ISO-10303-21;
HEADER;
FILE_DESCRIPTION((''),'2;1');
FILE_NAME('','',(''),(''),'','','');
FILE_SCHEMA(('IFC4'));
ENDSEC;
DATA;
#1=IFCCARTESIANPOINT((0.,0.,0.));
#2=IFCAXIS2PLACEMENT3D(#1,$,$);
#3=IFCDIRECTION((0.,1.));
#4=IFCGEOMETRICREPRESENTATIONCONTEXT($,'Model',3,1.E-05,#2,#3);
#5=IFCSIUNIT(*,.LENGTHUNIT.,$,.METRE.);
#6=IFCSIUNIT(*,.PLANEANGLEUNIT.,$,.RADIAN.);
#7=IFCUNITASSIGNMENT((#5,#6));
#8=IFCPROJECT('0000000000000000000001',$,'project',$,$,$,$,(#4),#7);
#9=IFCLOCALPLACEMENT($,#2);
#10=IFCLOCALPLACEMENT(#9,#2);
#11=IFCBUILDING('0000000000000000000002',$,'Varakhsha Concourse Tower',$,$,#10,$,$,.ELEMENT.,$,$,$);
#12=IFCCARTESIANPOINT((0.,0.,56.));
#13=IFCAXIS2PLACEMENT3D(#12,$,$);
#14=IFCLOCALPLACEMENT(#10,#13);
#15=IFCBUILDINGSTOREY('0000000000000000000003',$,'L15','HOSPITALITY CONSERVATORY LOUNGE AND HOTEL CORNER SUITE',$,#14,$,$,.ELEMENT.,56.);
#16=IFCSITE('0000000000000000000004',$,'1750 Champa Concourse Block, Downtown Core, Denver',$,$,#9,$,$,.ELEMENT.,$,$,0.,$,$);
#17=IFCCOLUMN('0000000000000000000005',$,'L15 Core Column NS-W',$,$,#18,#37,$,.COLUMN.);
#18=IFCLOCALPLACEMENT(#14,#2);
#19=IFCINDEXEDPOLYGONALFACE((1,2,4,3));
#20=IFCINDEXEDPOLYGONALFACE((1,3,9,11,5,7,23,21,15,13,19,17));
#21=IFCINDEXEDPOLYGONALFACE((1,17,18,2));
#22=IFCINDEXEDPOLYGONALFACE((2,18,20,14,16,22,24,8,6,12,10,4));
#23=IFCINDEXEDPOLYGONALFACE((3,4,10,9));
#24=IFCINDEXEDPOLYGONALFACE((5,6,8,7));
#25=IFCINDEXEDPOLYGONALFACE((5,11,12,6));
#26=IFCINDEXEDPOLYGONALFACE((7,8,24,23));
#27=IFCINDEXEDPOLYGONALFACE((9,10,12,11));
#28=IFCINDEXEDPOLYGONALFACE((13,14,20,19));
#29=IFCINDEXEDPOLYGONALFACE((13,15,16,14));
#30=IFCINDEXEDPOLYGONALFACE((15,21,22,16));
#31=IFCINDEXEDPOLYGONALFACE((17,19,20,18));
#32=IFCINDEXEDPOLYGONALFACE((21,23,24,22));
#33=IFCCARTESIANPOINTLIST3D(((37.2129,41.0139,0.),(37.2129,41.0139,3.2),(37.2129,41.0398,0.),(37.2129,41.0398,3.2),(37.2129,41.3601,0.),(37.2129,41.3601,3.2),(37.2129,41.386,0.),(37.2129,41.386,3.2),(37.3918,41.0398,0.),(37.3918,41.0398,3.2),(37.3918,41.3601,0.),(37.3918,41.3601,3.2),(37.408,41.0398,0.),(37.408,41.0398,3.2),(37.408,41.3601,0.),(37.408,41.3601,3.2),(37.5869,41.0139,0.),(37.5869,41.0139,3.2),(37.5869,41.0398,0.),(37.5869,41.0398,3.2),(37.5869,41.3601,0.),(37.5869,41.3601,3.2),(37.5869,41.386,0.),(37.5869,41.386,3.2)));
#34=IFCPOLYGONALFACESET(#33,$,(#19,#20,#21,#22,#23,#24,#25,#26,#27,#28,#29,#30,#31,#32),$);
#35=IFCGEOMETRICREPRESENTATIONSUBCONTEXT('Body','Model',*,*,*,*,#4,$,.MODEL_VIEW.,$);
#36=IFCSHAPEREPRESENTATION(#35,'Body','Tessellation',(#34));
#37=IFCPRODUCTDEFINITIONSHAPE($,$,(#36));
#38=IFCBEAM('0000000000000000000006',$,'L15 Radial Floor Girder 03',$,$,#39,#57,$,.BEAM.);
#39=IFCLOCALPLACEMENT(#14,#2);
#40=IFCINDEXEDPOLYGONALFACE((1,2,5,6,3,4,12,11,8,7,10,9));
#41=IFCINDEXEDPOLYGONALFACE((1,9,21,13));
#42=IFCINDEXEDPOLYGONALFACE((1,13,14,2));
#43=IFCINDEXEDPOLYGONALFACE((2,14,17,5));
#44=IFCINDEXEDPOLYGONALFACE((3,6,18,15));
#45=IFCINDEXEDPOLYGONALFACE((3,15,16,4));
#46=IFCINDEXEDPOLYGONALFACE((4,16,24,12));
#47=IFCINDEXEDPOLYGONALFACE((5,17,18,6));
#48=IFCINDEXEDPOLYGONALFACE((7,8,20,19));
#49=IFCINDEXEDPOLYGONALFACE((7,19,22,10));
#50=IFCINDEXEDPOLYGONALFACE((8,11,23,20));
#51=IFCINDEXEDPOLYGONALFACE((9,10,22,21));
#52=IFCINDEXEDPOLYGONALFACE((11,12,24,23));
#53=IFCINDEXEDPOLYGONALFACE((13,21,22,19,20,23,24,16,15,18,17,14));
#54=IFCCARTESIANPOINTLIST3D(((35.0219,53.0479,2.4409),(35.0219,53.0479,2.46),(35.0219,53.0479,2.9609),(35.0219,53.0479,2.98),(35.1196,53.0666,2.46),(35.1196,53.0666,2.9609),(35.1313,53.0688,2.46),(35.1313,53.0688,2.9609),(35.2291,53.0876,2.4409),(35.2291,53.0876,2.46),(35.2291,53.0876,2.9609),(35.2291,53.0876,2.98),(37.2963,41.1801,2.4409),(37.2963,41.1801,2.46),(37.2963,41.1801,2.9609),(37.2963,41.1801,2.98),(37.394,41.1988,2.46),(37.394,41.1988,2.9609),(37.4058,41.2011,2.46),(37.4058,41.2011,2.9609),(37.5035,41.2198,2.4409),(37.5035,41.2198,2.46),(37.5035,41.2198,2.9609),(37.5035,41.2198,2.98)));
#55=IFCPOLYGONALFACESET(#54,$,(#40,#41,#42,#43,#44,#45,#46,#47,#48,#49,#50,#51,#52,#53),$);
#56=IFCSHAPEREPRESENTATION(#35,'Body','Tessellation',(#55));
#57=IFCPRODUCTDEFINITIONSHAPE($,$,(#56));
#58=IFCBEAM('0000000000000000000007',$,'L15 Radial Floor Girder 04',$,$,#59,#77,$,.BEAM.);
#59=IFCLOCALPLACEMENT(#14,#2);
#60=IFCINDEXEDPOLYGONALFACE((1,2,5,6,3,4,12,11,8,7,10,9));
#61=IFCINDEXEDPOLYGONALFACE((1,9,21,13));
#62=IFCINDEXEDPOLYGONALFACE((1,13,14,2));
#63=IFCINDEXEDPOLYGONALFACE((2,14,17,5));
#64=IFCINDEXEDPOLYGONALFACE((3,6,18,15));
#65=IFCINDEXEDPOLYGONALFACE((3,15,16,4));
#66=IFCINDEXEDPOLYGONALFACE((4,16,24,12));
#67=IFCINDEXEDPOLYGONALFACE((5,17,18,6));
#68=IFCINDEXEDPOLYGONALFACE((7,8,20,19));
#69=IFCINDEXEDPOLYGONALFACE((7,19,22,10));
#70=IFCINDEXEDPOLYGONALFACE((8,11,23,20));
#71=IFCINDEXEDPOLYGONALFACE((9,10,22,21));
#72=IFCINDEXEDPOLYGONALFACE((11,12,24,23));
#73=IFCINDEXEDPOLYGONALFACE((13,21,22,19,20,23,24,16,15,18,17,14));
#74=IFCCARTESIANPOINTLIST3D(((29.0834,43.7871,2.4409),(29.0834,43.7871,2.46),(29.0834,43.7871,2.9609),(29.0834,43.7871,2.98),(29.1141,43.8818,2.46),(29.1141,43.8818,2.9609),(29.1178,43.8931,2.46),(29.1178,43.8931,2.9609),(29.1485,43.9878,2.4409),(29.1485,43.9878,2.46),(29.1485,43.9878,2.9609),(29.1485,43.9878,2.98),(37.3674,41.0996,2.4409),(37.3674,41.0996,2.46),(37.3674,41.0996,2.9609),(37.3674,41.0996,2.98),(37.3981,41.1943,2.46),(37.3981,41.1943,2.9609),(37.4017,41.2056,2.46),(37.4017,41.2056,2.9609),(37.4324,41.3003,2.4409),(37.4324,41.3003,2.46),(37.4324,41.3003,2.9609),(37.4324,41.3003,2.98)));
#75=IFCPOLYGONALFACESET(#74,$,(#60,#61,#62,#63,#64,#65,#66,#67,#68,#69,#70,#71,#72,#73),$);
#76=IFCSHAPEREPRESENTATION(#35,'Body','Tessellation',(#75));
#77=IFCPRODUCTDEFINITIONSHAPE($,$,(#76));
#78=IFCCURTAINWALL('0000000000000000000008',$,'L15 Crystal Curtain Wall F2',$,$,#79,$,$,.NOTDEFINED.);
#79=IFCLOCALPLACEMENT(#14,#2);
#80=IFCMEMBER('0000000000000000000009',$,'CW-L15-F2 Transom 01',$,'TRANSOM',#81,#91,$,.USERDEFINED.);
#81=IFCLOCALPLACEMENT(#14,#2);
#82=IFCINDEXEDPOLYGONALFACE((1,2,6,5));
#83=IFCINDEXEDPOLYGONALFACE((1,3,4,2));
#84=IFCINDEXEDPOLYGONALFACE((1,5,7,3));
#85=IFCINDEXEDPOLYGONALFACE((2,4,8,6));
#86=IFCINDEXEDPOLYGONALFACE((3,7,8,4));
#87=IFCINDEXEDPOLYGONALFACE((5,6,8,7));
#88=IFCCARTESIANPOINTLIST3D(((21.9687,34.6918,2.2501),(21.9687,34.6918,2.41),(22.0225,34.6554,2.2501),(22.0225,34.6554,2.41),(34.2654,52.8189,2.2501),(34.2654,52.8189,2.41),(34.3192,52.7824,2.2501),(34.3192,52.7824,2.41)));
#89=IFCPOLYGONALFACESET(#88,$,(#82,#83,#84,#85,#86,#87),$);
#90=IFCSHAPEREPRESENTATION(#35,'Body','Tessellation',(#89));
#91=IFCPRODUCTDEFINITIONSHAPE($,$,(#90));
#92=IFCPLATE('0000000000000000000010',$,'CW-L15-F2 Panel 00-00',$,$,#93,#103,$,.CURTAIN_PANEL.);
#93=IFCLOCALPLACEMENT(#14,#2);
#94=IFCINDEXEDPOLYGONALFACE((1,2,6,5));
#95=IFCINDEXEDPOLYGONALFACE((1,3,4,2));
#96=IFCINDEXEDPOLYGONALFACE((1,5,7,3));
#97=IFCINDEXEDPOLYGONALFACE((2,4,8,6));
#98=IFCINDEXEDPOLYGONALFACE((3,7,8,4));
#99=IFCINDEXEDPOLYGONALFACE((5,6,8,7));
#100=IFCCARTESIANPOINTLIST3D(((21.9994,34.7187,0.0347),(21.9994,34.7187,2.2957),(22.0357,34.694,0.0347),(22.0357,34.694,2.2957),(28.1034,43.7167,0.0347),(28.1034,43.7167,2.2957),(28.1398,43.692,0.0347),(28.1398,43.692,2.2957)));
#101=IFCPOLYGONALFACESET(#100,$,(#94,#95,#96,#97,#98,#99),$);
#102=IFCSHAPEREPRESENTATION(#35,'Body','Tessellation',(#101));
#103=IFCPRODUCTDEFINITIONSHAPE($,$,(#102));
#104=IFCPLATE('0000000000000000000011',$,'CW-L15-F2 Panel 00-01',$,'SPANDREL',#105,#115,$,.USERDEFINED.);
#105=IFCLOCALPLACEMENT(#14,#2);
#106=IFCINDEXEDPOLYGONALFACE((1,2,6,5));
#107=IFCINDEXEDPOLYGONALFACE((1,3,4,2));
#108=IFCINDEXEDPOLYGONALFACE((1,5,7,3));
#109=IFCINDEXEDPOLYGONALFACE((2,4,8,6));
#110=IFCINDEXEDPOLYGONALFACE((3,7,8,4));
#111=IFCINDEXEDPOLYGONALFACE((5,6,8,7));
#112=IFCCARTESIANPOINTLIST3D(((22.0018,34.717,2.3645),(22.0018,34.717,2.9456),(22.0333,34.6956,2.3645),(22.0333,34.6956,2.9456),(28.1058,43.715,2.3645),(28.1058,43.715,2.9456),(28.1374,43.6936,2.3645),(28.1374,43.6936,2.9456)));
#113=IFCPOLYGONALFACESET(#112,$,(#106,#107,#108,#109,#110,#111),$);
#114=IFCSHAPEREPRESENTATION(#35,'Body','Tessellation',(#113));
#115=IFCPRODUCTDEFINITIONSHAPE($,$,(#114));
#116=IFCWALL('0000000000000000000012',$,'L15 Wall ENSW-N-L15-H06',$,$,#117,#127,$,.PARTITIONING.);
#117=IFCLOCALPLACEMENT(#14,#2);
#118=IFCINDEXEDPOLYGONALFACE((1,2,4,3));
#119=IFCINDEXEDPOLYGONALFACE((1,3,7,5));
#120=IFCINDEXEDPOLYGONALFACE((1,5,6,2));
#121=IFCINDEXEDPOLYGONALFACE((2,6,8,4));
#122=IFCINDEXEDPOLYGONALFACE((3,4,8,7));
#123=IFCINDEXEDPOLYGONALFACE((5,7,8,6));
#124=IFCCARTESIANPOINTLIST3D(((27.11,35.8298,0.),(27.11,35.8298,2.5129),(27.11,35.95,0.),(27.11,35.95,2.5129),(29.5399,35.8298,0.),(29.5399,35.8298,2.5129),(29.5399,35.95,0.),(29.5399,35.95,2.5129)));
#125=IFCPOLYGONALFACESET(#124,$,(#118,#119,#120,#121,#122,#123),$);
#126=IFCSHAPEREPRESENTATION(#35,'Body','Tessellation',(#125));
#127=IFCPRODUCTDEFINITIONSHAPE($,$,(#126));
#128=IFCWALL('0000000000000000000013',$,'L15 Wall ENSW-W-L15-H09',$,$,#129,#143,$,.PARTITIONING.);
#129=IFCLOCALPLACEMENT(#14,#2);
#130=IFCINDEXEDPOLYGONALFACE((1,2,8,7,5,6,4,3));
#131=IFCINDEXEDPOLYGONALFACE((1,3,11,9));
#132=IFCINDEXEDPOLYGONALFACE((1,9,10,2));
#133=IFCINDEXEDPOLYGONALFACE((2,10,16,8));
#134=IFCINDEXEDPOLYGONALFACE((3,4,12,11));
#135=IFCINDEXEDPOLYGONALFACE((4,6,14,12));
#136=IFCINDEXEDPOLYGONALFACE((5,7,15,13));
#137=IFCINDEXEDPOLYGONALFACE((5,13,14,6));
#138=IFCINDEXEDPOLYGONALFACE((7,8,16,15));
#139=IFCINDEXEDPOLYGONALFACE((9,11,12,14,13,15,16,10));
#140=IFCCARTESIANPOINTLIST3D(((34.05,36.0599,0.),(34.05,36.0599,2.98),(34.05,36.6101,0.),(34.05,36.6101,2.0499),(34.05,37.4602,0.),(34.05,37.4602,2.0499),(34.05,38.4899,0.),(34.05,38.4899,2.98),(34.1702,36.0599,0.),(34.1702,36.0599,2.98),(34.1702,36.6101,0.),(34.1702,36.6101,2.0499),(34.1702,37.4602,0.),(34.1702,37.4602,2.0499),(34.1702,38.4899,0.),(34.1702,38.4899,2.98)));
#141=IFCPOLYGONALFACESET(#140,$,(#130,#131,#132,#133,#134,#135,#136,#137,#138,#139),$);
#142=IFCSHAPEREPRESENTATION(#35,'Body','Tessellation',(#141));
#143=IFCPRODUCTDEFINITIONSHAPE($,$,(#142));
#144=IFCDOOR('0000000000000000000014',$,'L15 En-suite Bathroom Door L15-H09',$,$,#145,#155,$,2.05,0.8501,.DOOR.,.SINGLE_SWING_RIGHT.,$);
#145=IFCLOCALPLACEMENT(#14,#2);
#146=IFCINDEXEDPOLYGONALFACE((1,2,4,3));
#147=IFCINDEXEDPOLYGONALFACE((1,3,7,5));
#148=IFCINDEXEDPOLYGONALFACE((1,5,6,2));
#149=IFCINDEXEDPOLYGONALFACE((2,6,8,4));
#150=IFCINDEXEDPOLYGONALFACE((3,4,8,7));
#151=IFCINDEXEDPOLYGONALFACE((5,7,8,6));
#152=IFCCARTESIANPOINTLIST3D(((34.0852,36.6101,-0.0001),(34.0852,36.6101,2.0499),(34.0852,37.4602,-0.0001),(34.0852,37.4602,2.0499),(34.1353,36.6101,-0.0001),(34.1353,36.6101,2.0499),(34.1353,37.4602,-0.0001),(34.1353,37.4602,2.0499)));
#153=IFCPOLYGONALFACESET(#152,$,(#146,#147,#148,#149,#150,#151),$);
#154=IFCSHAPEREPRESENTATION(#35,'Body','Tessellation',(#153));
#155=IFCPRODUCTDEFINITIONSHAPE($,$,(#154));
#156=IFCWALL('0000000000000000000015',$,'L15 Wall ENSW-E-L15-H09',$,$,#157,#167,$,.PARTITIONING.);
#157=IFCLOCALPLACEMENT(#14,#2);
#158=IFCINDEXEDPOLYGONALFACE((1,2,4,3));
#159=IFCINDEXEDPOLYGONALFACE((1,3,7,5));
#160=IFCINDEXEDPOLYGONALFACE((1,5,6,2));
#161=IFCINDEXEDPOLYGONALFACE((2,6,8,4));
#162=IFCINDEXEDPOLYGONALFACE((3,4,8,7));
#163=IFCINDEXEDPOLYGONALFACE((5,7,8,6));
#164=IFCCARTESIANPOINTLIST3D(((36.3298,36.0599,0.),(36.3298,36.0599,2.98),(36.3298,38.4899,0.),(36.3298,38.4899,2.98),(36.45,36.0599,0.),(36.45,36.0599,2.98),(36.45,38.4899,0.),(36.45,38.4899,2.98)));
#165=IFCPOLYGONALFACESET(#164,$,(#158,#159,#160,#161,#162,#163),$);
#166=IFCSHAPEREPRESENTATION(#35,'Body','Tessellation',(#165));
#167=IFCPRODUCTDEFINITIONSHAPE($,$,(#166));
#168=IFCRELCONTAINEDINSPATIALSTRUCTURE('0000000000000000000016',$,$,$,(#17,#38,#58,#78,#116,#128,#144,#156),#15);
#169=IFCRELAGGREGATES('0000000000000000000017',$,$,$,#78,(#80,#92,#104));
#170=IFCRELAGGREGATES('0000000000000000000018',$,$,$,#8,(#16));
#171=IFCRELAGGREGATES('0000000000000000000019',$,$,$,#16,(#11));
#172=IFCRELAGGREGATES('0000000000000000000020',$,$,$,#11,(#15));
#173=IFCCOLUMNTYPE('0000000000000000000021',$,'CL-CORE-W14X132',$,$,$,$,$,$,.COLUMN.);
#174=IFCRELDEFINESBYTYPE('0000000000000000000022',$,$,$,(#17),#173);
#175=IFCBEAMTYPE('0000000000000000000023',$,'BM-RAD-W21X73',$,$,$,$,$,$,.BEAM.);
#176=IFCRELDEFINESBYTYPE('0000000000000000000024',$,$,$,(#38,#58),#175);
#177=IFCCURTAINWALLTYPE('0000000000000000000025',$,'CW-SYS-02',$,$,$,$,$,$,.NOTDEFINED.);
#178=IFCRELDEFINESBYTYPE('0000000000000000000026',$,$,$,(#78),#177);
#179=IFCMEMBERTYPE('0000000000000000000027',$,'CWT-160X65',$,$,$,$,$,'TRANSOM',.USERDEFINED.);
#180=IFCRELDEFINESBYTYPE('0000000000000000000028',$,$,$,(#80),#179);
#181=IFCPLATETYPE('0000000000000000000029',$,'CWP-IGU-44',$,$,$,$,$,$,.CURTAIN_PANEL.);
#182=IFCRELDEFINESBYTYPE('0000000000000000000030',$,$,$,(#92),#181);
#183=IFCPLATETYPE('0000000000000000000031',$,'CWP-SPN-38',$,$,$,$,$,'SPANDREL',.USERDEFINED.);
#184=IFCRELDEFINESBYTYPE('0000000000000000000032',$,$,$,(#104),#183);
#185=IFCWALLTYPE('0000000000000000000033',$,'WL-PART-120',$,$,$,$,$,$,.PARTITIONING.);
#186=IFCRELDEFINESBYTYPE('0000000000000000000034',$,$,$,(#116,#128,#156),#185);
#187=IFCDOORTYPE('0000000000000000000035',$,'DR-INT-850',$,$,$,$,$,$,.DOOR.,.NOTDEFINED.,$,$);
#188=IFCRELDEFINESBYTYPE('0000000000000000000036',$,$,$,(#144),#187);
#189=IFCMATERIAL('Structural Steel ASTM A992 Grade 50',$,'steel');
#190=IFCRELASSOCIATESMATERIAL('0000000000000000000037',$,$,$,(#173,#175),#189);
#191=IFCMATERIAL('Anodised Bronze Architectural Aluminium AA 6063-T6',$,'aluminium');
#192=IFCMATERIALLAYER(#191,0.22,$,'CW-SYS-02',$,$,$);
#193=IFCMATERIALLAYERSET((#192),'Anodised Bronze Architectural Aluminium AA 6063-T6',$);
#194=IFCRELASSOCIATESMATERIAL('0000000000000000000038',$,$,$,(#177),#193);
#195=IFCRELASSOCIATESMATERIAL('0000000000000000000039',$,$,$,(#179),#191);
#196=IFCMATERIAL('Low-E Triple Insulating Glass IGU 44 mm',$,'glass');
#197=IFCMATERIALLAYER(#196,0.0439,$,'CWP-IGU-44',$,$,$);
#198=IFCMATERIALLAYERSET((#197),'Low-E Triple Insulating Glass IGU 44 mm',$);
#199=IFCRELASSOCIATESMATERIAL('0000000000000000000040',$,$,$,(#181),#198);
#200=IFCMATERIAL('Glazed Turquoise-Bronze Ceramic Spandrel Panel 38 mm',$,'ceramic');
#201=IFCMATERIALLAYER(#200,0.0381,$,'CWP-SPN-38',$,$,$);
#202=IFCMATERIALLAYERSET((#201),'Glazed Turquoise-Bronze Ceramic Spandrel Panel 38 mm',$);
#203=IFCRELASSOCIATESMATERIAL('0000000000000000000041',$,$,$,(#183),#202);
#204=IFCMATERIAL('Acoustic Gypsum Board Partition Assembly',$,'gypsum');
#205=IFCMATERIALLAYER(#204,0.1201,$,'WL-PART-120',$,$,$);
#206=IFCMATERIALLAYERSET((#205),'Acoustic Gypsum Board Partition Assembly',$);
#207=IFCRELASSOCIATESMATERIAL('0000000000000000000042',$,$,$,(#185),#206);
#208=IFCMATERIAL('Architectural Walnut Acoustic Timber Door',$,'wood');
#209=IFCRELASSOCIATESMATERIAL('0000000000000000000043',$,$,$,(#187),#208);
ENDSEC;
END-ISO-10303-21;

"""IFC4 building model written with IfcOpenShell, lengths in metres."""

from ifc_helpers import new_model, si_unit, direction, frame, frame_2d, origin, origin_2d, place, context, subcontext, project, spatial, rectangle, i_section, extrude, source, transform, mapped, material, layer, layer_set, material_profile, profile_set, type_object, type_shapes, element, fill, aggregate, save


model = new_model("IFC4")

# Units and contexts
model_context = context("Model", 3, precision=1e-05, world=origin(), true_north=direction((0.0, 1.0)))
body_context = subcontext(model_context, "Body", "Model", "MODEL_VIEW")
ifc_project = project(units=[si_unit("LENGTHUNIT", "METRE"), si_unit("PLANEANGLEUNIT", "RADIAN")], contexts=[model_context])

# Site, building, storey
site_placement = place(None, origin())
site = spatial("IfcSite", under=ifc_project, at=site_placement, Name="1750 Champa Concourse Block, Downtown Core, Denver", CompositionType="ELEMENT", RefElevation=0.0)
building_placement = place(site_placement, origin())
building = spatial("IfcBuilding", under=site, at=building_placement, Name="Varakhsha Concourse Tower", CompositionType="ELEMENT")
storey_placement = place(building_placement, frame((0.0, 0.0, 56.0)))
storey = spatial("IfcBuildingStorey", under=building, at=storey_placement, Name="L15", Description="HOSPITALITY CONSERVATORY LOUNGE AND HOTEL CORNER SUITE", CompositionType="ELEMENT", Elevation=56.0)

# Column
ifc_material_1 = material(Name="Structural Steel ASTM A992 Grade 50", Category="steel")
ifc_material_profile_1 = material_profile(ifc_material_1, i_section(OverallWidth=0.374, OverallDepth=0.3721, WebThickness=0.0161, FlangeThickness=0.0259, at=origin_2d()), Name="W14X132")
ifc_profile_set_1 = profile_set([ifc_material_profile_1], Name="Structural Steel ASTM A992 Grade 50")
column_type = type_object("IfcColumnType", Name="CL-CORE-W14X132", PredefinedType="COLUMN", material=ifc_profile_set_1)
column_placement = place(storey_placement, frame((37.3999, 41.2, 0.0), z_axis=(0.0, 0.0, 1.0), x_axis=(1.0, 0.0, 0.0)))
element("IfcColumn", 1, at=column_placement, inside=storey, type_object=column_type, Name="L15 Core Column NS-W", PredefinedType="COLUMN", context=body_context, shape_type="SweptSolid", body=[
    extrude(i_section(OverallWidth=0.374, OverallDepth=0.3721, WebThickness=0.0161, FlangeThickness=0.0259, at=origin_2d()), origin(), (0.0, 0.0, 1.0), 3.2),
])

# Beams
ifc_material_profile_2 = material_profile(ifc_material_1, i_section(OverallWidth=0.2109, OverallDepth=0.5391, WebThickness=0.012, FlangeThickness=0.019, at=origin_2d()), Name="W21X73")
ifc_profile_set_2 = profile_set([ifc_material_profile_2], Name="Structural Steel ASTM A992 Grade 50")
beam_type = type_object("IfcBeamType", Name="BM-RAD-W21X73", PredefinedType="BEAM", material=ifc_profile_set_2)
beam_1_placement = place(storey_placement, frame((37.3999, 41.2, 2.7104), z_axis=(-0.188222, 0.982126, 0.0), x_axis=(-0.982126, -0.188222, 0.0)))
element("IfcBeam", 2, at=beam_1_placement, inside=storey, type_object=beam_type, Name="L15 Radial Floor Girder 03", PredefinedType="BEAM", context=body_context, shape_type="SweptSolid", body=[
    extrude(i_section(OverallWidth=0.2109, OverallDepth=0.5391, WebThickness=0.012, FlangeThickness=0.019, at=origin_2d()), origin(), (0.0, 0.0, 1.0), 12.0837),
])
beam_2_placement = place(storey_placement, frame((37.3999, 41.2, 2.7104), z_axis=(-0.951195, 0.30859, 0.0), x_axis=(-0.30859, -0.951195, 0.0)))
element("IfcBeam", 3, at=beam_2_placement, inside=storey, type_object=beam_type, Name="L15 Radial Floor Girder 04", PredefinedType="BEAM", context=body_context, shape_type="SweptSolid", body=[
    extrude(i_section(OverallWidth=0.2109, OverallDepth=0.5391, WebThickness=0.012, FlangeThickness=0.019, at=origin_2d()), origin(), (0.0, 0.0, 1.0), 8.709),
])

# Curtain wall, member, plates
ifc_material_2 = material(Name="Anodised Bronze Architectural Aluminium AA 6063-T6", Category="aluminium")
ifc_layer_1 = layer(ifc_material_2, 0.22, Name="CW-SYS-02")
ifc_layer_set_1 = layer_set([ifc_layer_1], Name="Anodised Bronze Architectural Aluminium AA 6063-T6")
curtain_wall_type = type_object("IfcCurtainWallType", Name="CW-SYS-02", PredefinedType="NOTDEFINED", material=ifc_layer_set_1)
curtain_wall_placement = place(storey_placement, origin())
curtain_wall = element("IfcCurtainWall", 4, at=curtain_wall_placement, inside=storey, type_object=curtain_wall_type, Name="L15 Crystal Curtain Wall F2", PredefinedType="NOTDEFINED")
ifc_material_profile_3 = material_profile(ifc_material_2, rectangle(XDim=0.0649, YDim=0.1599, at=origin_2d()), Name="CWT-160X65")
ifc_profile_set_3 = profile_set([ifc_material_profile_3], Name="Anodised Bronze Architectural Aluminium AA 6063-T6")
member_type = type_object("IfcMemberType", Name="CWT-160X65", ElementType="TRANSOM", PredefinedType="USERDEFINED", material=ifc_profile_set_3)
shared_shape_1 = source(origin(), body_context, "Body", "SweptSolid", [
    extrude(rectangle(XDim=0.0649, YDim=0.1599, at=origin_2d()), origin(), (0.0, 0.0, 1.0), 21.9043),
])
type_shapes(member_type, [shared_shape_1])
member_placement = place(storey_placement, frame((21.9956, 34.6736, 2.3301), z_axis=(0.561383, 0.827556, 0.0), x_axis=(-0.827556, 0.561383, 0.0)))
member = element("IfcMember", 5, at=member_placement, type_object=member_type, Name="CW-L15-F2 Transom 01", ObjectType="TRANSOM", PredefinedType="USERDEFINED", context=body_context, shape_type="MappedRepresentation", body=[
    mapped(shared_shape_1, transform((0.0, 0.0, 0.0), scale=1.0)),
])
ifc_material_3 = material(Name="Low-E Triple Insulating Glass IGU 44 mm", Category="glass")
ifc_layer_2 = layer(ifc_material_3, 0.0439, Name="CWP-IGU-44")
ifc_layer_set_2 = layer_set([ifc_layer_2], Name="Low-E Triple Insulating Glass IGU 44 mm")
plate_type_1 = type_object("IfcPlateType", Name="CWP-IGU-44", PredefinedType="CURTAIN_PANEL", material=ifc_layer_set_2)
shared_shape_2 = source(origin(), body_context, "Body", "SweptSolid", [
    extrude(rectangle(XDim=10.873, YDim=0.0439, at=origin_2d()), origin(), (0.0, 0.0, 1.0), 2.261),
])
type_shapes(plate_type_1, [shared_shape_2])
plate_1_placement = place(storey_placement, frame((25.0696, 39.2053, 0.0347), z_axis=(0.0, 0.0, 1.0), x_axis=(0.561392, 0.82755, 0.0)))
plate_1 = element("IfcPlate", 6, at=plate_1_placement, type_object=plate_type_1, Name="CW-L15-F2 Panel 00-00", PredefinedType="CURTAIN_PANEL", context=body_context, shape_type="MappedRepresentation", body=[
    mapped(shared_shape_2, transform((0.0, 0.0, 0.0), scale=1.0)),
])
ifc_material_4 = material(Name="Glazed Turquoise-Bronze Ceramic Spandrel Panel 38 mm", Category="ceramic")
ifc_layer_3 = layer(ifc_material_4, 0.0381, Name="CWP-SPN-38")
ifc_layer_set_3 = layer_set([ifc_layer_3], Name="Glazed Turquoise-Bronze Ceramic Spandrel Panel 38 mm")
plate_type_2 = type_object("IfcPlateType", Name="CWP-SPN-38", ElementType="SPANDREL", PredefinedType="USERDEFINED", material=ifc_layer_set_3)
shared_shape_3 = source(origin(), body_context, "Body", "SweptSolid", [
    extrude(rectangle(XDim=10.873, YDim=0.0381, at=origin_2d()), origin(), (0.0, 0.0, 1.0), 0.5811),
])
type_shapes(plate_type_2, [shared_shape_3])
plate_2_placement = place(storey_placement, frame((25.0696, 39.2053, 2.3645), z_axis=(0.0, 0.0, 1.0), x_axis=(0.561392, 0.82755, 0.0)))
plate_2 = element("IfcPlate", 7, at=plate_2_placement, type_object=plate_type_2, Name="CW-L15-F2 Panel 00-01", ObjectType="SPANDREL", PredefinedType="USERDEFINED", context=body_context, shape_type="MappedRepresentation", body=[
    mapped(shared_shape_3, transform((0.0, 0.0, 0.0), scale=1.0)),
])
aggregate(curtain_wall, [member, plate_1, plate_2])

# Wall
ifc_material_5 = material(Name="Acoustic Gypsum Board Partition Assembly", Category="gypsum")
ifc_layer_4 = layer(ifc_material_5, 0.1201, Name="WL-PART-120")
ifc_layer_set_4 = layer_set([ifc_layer_4], Name="Acoustic Gypsum Board Partition Assembly")
wall_type_1 = type_object("IfcWallType", Name="WL-PART-120", PredefinedType="PARTITIONING", material=ifc_layer_set_4)
wall_1_placement = place(storey_placement, frame((27.1101, 35.8899, 0.0), z_axis=(0.0, 0.0, 1.0), x_axis=(1.0, 0.0, 0.0)))
element("IfcWall", 8, at=wall_1_placement, inside=storey, type_object=wall_type_1, Name="L15 Wall ENSW-N-L15-H06", PredefinedType="PARTITIONING", context=body_context, shape_type="SweptSolid", body=[
    extrude(rectangle(XDim=2.4299, YDim=0.1201, at=frame_2d((1.2148, 0.0))), origin(), (0.0, 0.0, 1.0), 2.5129),
])

# Wall, opening, door
wall_2_placement = place(storey_placement, frame((34.1101, 36.0601, 0.0), z_axis=(0.0, 0.0, 1.0), x_axis=(0.0, 1.0, 0.0)))
wall_2 = element("IfcWall", 9, at=wall_2_placement, inside=storey, type_object=wall_type_1, Name="L15 Wall ENSW-W-L15-H09", PredefinedType="PARTITIONING", context=body_context, shape_type="SweptSolid", body=[
    extrude(rectangle(XDim=2.4299, YDim=0.1201, at=frame_2d((1.2148, 0.0))), origin(), (0.0, 0.0, 1.0), 2.98),
])
opening_1_placement = place(wall_2_placement, frame((0.55, 0.0, 0.0)))
opening_1 = element("IfcOpeningElement", 10, at=opening_1_placement, cuts=wall_2, PredefinedType="OPENING", context=body_context, shape_type="SweptSolid", body=[
    extrude(rectangle(XDim=0.8501, YDim=2.05, at=frame_2d((0.425, 1.0249))), frame((0.0, 0.0701, 0.0), z_axis=(0.0, -1.0, 0.0), x_axis=(1.0, 0.0, 0.0)), (0.0, 0.0, 1.0), 0.1401),
])
ifc_material_6 = material(Name="Architectural Walnut Acoustic Timber Door", Category="wood")
door_type_1 = type_object("IfcDoorType", Name="DR-INT-850", OperationType="NOTDEFINED", PredefinedType="DOOR", material=ifc_material_6)
door_1_placement = place(opening_1_placement, origin())
door_1 = element("IfcDoor", 11, at=door_1_placement, inside=storey, type_object=door_type_1, Name="L15 En-suite Bathroom Door L15-H09", OperationType="SINGLE_SWING_RIGHT", OverallHeight=2.05, OverallWidth=0.8501, PredefinedType="DOOR", context=body_context, shape_type="SweptSolid", body=[
    extrude(rectangle(XDim=0.8501, YDim=2.05, at=frame_2d((0.425, 1.0249))), frame((0.0, 0.0249, 0.0), z_axis=(0.0, -1.0, 0.0), x_axis=(1.0, 0.0, 0.0)), (0.0, 0.0, 1.0), 0.05),
])
fill(opening_1, door_1)

# Wall
wall_3_placement = place(storey_placement, frame((36.3899, 36.0601, 0.0), z_axis=(0.0, 0.0, 1.0), x_axis=(0.0, 1.0, 0.0)))
element("IfcWall", 12, at=wall_3_placement, inside=storey, type_object=wall_type_1, Name="L15 Wall ENSW-E-L15-H09", PredefinedType="PARTITIONING", context=body_context, shape_type="SweptSolid", body=[
    extrude(rectangle(XDim=2.4299, YDim=0.1201, at=frame_2d((1.2148, 0.0))), origin(), (0.0, 0.0, 1.0), 2.98),
])

save(model, "model.ifc")
